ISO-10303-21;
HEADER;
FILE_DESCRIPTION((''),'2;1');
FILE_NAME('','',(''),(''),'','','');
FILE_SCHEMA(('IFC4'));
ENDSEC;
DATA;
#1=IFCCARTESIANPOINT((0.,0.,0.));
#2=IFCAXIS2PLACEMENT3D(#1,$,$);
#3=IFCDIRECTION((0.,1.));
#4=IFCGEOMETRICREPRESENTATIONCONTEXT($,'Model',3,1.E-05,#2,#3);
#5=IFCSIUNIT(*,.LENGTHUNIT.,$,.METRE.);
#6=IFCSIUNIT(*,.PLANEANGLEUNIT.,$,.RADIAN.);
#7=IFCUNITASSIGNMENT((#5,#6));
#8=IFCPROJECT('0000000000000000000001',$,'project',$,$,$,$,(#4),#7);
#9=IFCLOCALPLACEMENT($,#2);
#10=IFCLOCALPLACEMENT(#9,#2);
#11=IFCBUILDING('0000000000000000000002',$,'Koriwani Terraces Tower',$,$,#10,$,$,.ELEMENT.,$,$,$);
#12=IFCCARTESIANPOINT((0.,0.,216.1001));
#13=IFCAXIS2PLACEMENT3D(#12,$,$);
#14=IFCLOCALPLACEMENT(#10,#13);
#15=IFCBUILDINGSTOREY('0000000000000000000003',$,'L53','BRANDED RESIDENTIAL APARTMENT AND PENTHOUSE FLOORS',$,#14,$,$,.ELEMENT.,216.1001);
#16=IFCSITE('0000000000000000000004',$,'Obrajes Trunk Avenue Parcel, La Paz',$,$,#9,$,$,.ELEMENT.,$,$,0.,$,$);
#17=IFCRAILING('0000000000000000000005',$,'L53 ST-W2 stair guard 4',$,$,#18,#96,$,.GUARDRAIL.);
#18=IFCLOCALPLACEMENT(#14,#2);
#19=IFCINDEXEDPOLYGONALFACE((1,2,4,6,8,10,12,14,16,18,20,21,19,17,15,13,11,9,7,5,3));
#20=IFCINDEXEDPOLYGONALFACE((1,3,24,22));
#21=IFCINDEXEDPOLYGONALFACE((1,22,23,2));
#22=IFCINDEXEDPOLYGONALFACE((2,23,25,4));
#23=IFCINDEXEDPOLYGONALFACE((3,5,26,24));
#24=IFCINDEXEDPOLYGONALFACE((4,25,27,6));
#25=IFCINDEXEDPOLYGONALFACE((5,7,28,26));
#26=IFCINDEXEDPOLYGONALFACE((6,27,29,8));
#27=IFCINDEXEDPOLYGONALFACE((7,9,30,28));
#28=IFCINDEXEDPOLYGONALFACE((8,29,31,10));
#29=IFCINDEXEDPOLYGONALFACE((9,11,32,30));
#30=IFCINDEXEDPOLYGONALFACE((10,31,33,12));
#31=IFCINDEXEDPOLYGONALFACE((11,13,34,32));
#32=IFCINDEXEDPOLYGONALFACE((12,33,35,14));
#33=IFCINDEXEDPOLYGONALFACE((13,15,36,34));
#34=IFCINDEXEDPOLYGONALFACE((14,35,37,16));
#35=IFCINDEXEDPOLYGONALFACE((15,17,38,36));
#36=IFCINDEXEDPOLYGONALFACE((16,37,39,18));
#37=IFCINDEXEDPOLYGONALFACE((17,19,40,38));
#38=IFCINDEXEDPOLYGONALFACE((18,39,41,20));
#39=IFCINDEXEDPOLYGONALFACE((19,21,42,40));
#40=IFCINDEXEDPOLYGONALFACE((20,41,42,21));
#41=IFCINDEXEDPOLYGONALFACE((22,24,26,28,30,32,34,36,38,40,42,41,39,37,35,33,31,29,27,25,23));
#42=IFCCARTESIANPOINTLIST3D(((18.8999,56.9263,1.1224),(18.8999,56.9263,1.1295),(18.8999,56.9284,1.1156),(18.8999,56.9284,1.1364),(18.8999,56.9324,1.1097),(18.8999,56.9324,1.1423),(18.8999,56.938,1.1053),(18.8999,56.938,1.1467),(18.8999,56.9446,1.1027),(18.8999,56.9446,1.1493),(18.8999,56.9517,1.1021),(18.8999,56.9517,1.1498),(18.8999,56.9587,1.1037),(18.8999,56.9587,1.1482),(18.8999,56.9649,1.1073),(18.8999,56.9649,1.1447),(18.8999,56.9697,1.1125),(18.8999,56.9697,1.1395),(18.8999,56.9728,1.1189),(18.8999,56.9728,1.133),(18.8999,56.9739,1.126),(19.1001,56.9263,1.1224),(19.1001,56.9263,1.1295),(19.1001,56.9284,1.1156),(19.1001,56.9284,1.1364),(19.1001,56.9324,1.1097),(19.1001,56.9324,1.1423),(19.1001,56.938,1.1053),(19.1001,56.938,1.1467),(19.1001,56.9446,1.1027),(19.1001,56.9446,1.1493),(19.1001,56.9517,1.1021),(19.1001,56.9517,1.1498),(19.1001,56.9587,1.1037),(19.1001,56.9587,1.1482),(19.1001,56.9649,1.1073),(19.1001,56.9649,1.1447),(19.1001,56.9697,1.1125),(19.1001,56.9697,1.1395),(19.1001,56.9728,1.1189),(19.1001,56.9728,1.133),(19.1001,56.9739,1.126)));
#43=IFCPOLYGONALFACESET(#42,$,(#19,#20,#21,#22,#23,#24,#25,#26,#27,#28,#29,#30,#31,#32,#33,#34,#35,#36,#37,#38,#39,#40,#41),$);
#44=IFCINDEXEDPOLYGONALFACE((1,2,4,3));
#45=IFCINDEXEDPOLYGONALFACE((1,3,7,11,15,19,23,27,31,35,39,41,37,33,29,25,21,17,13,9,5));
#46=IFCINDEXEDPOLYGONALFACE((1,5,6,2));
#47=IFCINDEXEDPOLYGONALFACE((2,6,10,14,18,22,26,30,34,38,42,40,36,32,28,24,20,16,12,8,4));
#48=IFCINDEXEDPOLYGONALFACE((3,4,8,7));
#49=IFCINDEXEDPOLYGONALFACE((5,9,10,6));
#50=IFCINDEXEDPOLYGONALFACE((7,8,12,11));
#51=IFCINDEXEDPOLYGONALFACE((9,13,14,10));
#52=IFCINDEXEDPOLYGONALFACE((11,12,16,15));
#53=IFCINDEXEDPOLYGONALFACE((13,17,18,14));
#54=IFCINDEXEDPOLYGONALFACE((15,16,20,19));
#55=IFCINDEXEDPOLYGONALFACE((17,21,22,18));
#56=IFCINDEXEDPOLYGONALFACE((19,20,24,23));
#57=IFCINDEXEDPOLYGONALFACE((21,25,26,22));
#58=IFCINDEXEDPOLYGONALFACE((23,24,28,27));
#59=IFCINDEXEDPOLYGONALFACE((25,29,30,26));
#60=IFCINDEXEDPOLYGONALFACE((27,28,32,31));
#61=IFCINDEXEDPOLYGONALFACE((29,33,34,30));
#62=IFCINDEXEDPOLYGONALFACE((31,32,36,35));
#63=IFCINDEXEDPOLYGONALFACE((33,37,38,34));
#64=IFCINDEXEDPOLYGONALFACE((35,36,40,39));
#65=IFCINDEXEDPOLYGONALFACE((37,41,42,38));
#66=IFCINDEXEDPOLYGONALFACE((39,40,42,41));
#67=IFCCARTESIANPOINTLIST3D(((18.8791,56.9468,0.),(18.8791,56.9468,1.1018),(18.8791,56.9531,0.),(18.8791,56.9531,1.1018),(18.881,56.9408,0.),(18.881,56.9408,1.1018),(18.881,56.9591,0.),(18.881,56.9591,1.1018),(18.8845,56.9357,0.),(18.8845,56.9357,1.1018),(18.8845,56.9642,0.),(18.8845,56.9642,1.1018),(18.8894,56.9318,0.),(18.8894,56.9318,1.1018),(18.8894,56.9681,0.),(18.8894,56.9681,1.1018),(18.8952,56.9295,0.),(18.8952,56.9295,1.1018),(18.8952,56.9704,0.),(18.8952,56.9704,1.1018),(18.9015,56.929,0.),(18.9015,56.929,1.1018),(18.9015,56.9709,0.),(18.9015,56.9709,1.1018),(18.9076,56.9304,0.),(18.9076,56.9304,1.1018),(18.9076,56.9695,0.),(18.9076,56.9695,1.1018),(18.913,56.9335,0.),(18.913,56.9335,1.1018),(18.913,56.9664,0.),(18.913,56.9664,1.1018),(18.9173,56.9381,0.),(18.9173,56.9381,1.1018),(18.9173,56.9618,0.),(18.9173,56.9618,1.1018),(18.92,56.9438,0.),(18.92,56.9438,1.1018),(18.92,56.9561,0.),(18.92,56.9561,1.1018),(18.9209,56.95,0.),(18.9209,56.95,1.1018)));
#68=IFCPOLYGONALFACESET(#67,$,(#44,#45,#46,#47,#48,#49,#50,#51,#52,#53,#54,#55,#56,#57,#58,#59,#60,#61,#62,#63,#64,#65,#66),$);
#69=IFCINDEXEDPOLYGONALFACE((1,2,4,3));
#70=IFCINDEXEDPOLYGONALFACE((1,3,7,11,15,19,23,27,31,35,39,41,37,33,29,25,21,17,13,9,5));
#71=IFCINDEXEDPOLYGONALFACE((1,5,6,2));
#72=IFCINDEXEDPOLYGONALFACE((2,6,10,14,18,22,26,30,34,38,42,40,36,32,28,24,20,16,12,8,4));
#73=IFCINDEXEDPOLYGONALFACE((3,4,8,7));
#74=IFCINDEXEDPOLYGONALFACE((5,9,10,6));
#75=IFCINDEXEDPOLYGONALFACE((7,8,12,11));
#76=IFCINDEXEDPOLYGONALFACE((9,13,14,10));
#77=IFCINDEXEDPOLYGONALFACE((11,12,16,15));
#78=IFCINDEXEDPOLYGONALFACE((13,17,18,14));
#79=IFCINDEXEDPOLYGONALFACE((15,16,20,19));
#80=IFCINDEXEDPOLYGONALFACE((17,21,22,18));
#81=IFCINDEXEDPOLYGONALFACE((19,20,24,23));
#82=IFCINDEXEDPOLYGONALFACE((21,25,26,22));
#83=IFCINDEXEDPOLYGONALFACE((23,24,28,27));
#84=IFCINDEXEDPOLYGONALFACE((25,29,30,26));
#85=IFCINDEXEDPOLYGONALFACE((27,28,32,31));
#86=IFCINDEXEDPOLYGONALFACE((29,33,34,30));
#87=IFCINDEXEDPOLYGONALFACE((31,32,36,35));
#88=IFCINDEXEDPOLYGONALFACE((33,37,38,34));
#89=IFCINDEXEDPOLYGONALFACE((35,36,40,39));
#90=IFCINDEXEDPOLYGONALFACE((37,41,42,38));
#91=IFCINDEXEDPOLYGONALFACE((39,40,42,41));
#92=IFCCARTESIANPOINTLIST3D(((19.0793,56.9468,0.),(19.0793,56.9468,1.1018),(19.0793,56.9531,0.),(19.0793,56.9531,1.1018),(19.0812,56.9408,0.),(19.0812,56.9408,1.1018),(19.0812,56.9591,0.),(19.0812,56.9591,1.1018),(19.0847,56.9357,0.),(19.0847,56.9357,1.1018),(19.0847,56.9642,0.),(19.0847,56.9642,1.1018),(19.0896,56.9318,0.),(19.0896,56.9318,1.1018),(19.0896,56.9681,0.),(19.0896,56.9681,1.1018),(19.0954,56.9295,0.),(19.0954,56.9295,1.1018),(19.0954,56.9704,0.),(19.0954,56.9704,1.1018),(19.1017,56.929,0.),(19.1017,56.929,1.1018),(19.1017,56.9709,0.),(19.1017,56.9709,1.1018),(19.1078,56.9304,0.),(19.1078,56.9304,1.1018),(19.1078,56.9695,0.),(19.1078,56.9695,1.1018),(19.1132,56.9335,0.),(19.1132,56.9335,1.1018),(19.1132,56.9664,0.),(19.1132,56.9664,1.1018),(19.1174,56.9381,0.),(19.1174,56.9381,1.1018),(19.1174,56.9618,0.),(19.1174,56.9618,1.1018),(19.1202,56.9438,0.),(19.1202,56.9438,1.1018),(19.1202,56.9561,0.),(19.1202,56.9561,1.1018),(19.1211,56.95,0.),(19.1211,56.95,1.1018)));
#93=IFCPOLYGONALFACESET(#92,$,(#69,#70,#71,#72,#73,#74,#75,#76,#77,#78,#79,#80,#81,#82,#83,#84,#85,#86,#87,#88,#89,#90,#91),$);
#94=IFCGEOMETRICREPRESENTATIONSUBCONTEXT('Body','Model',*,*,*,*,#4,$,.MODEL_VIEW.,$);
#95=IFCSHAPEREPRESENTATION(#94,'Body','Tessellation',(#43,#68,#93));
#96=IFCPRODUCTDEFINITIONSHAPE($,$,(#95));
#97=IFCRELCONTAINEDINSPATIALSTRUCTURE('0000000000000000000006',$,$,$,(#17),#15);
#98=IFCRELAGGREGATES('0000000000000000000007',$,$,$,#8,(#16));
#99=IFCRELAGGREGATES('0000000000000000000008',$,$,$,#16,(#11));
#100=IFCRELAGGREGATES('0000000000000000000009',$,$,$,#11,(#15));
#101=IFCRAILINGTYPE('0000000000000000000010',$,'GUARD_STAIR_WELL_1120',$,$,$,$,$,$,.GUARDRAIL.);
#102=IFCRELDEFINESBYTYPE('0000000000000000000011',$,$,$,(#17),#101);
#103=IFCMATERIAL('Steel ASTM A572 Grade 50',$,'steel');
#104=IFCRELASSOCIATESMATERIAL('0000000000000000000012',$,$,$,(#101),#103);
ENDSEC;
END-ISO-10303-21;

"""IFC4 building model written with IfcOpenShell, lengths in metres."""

from ifc_helpers import new_model, si_unit, direction, frame, origin, origin_2d, place, context, subcontext, project, spatial, circle, extrude, material, type_object, element, save


model = new_model("IFC4")

# Units and contexts
model_context = context("Model", 3, precision=1e-05, world=origin(), true_north=direction((0.0, 1.0)))
body_context = subcontext(model_context, "Body", "Model", "MODEL_VIEW")
ifc_project = project(units=[si_unit("LENGTHUNIT", "METRE"), si_unit("PLANEANGLEUNIT", "RADIAN")], contexts=[model_context])

# Site, building, storey
site_placement = place(None, origin())
site = spatial("IfcSite", under=ifc_project, at=site_placement, Name="Obrajes Trunk Avenue Parcel, La Paz", CompositionType="ELEMENT", RefElevation=0.0)
building_placement = place(site_placement, origin())
building = spatial("IfcBuilding", under=site, at=building_placement, Name="Koriwani Terraces Tower", CompositionType="ELEMENT")
storey_placement = place(building_placement, frame((0.0, 0.0, 216.1001)))
storey = spatial("IfcBuildingStorey", under=building, at=storey_placement, Name="L53", Description="BRANDED RESIDENTIAL APARTMENT AND PENTHOUSE FLOORS", CompositionType="ELEMENT", Elevation=216.1001)

# Shared definitions
ifc_material_1 = material(Name="Steel ASTM A572 Grade 50", Category="steel")

# Railing
railing_type_1 = type_object("IfcRailingType", Name="GUARD_STAIR_WELL_1120", PredefinedType="GUARDRAIL", material=ifc_material_1)
railing_1_placement = place(storey_placement, frame((18.8999, 56.95, 0.0)))
element("IfcRailing", 1, at=railing_1_placement, inside=storey, type_object=railing_type_1, Name="L53 ST-W2 stair guard 4", PredefinedType="GUARDRAIL", context=body_context, shape_type="SweptSolid", body=[
    extrude(circle(Radius=0.0239, at=origin_2d()), frame((0.0, 0.0, 1.126), z_axis=(1.0, 0.0, 0.0), x_axis=(0.0, 1.0, 0.0)), (0.0, 0.0, 1.0), 0.2002),
    extrude(circle(Radius=0.021, at=origin_2d()), origin(), (0.0, 0.0, 1.0), 1.1018),
    extrude(circle(Radius=0.021, at=origin_2d()), frame((0.2002, 0.0, 0.0)), (0.0, 0.0, 1.0), 1.1018),
])

save(model, "model.ifc")
